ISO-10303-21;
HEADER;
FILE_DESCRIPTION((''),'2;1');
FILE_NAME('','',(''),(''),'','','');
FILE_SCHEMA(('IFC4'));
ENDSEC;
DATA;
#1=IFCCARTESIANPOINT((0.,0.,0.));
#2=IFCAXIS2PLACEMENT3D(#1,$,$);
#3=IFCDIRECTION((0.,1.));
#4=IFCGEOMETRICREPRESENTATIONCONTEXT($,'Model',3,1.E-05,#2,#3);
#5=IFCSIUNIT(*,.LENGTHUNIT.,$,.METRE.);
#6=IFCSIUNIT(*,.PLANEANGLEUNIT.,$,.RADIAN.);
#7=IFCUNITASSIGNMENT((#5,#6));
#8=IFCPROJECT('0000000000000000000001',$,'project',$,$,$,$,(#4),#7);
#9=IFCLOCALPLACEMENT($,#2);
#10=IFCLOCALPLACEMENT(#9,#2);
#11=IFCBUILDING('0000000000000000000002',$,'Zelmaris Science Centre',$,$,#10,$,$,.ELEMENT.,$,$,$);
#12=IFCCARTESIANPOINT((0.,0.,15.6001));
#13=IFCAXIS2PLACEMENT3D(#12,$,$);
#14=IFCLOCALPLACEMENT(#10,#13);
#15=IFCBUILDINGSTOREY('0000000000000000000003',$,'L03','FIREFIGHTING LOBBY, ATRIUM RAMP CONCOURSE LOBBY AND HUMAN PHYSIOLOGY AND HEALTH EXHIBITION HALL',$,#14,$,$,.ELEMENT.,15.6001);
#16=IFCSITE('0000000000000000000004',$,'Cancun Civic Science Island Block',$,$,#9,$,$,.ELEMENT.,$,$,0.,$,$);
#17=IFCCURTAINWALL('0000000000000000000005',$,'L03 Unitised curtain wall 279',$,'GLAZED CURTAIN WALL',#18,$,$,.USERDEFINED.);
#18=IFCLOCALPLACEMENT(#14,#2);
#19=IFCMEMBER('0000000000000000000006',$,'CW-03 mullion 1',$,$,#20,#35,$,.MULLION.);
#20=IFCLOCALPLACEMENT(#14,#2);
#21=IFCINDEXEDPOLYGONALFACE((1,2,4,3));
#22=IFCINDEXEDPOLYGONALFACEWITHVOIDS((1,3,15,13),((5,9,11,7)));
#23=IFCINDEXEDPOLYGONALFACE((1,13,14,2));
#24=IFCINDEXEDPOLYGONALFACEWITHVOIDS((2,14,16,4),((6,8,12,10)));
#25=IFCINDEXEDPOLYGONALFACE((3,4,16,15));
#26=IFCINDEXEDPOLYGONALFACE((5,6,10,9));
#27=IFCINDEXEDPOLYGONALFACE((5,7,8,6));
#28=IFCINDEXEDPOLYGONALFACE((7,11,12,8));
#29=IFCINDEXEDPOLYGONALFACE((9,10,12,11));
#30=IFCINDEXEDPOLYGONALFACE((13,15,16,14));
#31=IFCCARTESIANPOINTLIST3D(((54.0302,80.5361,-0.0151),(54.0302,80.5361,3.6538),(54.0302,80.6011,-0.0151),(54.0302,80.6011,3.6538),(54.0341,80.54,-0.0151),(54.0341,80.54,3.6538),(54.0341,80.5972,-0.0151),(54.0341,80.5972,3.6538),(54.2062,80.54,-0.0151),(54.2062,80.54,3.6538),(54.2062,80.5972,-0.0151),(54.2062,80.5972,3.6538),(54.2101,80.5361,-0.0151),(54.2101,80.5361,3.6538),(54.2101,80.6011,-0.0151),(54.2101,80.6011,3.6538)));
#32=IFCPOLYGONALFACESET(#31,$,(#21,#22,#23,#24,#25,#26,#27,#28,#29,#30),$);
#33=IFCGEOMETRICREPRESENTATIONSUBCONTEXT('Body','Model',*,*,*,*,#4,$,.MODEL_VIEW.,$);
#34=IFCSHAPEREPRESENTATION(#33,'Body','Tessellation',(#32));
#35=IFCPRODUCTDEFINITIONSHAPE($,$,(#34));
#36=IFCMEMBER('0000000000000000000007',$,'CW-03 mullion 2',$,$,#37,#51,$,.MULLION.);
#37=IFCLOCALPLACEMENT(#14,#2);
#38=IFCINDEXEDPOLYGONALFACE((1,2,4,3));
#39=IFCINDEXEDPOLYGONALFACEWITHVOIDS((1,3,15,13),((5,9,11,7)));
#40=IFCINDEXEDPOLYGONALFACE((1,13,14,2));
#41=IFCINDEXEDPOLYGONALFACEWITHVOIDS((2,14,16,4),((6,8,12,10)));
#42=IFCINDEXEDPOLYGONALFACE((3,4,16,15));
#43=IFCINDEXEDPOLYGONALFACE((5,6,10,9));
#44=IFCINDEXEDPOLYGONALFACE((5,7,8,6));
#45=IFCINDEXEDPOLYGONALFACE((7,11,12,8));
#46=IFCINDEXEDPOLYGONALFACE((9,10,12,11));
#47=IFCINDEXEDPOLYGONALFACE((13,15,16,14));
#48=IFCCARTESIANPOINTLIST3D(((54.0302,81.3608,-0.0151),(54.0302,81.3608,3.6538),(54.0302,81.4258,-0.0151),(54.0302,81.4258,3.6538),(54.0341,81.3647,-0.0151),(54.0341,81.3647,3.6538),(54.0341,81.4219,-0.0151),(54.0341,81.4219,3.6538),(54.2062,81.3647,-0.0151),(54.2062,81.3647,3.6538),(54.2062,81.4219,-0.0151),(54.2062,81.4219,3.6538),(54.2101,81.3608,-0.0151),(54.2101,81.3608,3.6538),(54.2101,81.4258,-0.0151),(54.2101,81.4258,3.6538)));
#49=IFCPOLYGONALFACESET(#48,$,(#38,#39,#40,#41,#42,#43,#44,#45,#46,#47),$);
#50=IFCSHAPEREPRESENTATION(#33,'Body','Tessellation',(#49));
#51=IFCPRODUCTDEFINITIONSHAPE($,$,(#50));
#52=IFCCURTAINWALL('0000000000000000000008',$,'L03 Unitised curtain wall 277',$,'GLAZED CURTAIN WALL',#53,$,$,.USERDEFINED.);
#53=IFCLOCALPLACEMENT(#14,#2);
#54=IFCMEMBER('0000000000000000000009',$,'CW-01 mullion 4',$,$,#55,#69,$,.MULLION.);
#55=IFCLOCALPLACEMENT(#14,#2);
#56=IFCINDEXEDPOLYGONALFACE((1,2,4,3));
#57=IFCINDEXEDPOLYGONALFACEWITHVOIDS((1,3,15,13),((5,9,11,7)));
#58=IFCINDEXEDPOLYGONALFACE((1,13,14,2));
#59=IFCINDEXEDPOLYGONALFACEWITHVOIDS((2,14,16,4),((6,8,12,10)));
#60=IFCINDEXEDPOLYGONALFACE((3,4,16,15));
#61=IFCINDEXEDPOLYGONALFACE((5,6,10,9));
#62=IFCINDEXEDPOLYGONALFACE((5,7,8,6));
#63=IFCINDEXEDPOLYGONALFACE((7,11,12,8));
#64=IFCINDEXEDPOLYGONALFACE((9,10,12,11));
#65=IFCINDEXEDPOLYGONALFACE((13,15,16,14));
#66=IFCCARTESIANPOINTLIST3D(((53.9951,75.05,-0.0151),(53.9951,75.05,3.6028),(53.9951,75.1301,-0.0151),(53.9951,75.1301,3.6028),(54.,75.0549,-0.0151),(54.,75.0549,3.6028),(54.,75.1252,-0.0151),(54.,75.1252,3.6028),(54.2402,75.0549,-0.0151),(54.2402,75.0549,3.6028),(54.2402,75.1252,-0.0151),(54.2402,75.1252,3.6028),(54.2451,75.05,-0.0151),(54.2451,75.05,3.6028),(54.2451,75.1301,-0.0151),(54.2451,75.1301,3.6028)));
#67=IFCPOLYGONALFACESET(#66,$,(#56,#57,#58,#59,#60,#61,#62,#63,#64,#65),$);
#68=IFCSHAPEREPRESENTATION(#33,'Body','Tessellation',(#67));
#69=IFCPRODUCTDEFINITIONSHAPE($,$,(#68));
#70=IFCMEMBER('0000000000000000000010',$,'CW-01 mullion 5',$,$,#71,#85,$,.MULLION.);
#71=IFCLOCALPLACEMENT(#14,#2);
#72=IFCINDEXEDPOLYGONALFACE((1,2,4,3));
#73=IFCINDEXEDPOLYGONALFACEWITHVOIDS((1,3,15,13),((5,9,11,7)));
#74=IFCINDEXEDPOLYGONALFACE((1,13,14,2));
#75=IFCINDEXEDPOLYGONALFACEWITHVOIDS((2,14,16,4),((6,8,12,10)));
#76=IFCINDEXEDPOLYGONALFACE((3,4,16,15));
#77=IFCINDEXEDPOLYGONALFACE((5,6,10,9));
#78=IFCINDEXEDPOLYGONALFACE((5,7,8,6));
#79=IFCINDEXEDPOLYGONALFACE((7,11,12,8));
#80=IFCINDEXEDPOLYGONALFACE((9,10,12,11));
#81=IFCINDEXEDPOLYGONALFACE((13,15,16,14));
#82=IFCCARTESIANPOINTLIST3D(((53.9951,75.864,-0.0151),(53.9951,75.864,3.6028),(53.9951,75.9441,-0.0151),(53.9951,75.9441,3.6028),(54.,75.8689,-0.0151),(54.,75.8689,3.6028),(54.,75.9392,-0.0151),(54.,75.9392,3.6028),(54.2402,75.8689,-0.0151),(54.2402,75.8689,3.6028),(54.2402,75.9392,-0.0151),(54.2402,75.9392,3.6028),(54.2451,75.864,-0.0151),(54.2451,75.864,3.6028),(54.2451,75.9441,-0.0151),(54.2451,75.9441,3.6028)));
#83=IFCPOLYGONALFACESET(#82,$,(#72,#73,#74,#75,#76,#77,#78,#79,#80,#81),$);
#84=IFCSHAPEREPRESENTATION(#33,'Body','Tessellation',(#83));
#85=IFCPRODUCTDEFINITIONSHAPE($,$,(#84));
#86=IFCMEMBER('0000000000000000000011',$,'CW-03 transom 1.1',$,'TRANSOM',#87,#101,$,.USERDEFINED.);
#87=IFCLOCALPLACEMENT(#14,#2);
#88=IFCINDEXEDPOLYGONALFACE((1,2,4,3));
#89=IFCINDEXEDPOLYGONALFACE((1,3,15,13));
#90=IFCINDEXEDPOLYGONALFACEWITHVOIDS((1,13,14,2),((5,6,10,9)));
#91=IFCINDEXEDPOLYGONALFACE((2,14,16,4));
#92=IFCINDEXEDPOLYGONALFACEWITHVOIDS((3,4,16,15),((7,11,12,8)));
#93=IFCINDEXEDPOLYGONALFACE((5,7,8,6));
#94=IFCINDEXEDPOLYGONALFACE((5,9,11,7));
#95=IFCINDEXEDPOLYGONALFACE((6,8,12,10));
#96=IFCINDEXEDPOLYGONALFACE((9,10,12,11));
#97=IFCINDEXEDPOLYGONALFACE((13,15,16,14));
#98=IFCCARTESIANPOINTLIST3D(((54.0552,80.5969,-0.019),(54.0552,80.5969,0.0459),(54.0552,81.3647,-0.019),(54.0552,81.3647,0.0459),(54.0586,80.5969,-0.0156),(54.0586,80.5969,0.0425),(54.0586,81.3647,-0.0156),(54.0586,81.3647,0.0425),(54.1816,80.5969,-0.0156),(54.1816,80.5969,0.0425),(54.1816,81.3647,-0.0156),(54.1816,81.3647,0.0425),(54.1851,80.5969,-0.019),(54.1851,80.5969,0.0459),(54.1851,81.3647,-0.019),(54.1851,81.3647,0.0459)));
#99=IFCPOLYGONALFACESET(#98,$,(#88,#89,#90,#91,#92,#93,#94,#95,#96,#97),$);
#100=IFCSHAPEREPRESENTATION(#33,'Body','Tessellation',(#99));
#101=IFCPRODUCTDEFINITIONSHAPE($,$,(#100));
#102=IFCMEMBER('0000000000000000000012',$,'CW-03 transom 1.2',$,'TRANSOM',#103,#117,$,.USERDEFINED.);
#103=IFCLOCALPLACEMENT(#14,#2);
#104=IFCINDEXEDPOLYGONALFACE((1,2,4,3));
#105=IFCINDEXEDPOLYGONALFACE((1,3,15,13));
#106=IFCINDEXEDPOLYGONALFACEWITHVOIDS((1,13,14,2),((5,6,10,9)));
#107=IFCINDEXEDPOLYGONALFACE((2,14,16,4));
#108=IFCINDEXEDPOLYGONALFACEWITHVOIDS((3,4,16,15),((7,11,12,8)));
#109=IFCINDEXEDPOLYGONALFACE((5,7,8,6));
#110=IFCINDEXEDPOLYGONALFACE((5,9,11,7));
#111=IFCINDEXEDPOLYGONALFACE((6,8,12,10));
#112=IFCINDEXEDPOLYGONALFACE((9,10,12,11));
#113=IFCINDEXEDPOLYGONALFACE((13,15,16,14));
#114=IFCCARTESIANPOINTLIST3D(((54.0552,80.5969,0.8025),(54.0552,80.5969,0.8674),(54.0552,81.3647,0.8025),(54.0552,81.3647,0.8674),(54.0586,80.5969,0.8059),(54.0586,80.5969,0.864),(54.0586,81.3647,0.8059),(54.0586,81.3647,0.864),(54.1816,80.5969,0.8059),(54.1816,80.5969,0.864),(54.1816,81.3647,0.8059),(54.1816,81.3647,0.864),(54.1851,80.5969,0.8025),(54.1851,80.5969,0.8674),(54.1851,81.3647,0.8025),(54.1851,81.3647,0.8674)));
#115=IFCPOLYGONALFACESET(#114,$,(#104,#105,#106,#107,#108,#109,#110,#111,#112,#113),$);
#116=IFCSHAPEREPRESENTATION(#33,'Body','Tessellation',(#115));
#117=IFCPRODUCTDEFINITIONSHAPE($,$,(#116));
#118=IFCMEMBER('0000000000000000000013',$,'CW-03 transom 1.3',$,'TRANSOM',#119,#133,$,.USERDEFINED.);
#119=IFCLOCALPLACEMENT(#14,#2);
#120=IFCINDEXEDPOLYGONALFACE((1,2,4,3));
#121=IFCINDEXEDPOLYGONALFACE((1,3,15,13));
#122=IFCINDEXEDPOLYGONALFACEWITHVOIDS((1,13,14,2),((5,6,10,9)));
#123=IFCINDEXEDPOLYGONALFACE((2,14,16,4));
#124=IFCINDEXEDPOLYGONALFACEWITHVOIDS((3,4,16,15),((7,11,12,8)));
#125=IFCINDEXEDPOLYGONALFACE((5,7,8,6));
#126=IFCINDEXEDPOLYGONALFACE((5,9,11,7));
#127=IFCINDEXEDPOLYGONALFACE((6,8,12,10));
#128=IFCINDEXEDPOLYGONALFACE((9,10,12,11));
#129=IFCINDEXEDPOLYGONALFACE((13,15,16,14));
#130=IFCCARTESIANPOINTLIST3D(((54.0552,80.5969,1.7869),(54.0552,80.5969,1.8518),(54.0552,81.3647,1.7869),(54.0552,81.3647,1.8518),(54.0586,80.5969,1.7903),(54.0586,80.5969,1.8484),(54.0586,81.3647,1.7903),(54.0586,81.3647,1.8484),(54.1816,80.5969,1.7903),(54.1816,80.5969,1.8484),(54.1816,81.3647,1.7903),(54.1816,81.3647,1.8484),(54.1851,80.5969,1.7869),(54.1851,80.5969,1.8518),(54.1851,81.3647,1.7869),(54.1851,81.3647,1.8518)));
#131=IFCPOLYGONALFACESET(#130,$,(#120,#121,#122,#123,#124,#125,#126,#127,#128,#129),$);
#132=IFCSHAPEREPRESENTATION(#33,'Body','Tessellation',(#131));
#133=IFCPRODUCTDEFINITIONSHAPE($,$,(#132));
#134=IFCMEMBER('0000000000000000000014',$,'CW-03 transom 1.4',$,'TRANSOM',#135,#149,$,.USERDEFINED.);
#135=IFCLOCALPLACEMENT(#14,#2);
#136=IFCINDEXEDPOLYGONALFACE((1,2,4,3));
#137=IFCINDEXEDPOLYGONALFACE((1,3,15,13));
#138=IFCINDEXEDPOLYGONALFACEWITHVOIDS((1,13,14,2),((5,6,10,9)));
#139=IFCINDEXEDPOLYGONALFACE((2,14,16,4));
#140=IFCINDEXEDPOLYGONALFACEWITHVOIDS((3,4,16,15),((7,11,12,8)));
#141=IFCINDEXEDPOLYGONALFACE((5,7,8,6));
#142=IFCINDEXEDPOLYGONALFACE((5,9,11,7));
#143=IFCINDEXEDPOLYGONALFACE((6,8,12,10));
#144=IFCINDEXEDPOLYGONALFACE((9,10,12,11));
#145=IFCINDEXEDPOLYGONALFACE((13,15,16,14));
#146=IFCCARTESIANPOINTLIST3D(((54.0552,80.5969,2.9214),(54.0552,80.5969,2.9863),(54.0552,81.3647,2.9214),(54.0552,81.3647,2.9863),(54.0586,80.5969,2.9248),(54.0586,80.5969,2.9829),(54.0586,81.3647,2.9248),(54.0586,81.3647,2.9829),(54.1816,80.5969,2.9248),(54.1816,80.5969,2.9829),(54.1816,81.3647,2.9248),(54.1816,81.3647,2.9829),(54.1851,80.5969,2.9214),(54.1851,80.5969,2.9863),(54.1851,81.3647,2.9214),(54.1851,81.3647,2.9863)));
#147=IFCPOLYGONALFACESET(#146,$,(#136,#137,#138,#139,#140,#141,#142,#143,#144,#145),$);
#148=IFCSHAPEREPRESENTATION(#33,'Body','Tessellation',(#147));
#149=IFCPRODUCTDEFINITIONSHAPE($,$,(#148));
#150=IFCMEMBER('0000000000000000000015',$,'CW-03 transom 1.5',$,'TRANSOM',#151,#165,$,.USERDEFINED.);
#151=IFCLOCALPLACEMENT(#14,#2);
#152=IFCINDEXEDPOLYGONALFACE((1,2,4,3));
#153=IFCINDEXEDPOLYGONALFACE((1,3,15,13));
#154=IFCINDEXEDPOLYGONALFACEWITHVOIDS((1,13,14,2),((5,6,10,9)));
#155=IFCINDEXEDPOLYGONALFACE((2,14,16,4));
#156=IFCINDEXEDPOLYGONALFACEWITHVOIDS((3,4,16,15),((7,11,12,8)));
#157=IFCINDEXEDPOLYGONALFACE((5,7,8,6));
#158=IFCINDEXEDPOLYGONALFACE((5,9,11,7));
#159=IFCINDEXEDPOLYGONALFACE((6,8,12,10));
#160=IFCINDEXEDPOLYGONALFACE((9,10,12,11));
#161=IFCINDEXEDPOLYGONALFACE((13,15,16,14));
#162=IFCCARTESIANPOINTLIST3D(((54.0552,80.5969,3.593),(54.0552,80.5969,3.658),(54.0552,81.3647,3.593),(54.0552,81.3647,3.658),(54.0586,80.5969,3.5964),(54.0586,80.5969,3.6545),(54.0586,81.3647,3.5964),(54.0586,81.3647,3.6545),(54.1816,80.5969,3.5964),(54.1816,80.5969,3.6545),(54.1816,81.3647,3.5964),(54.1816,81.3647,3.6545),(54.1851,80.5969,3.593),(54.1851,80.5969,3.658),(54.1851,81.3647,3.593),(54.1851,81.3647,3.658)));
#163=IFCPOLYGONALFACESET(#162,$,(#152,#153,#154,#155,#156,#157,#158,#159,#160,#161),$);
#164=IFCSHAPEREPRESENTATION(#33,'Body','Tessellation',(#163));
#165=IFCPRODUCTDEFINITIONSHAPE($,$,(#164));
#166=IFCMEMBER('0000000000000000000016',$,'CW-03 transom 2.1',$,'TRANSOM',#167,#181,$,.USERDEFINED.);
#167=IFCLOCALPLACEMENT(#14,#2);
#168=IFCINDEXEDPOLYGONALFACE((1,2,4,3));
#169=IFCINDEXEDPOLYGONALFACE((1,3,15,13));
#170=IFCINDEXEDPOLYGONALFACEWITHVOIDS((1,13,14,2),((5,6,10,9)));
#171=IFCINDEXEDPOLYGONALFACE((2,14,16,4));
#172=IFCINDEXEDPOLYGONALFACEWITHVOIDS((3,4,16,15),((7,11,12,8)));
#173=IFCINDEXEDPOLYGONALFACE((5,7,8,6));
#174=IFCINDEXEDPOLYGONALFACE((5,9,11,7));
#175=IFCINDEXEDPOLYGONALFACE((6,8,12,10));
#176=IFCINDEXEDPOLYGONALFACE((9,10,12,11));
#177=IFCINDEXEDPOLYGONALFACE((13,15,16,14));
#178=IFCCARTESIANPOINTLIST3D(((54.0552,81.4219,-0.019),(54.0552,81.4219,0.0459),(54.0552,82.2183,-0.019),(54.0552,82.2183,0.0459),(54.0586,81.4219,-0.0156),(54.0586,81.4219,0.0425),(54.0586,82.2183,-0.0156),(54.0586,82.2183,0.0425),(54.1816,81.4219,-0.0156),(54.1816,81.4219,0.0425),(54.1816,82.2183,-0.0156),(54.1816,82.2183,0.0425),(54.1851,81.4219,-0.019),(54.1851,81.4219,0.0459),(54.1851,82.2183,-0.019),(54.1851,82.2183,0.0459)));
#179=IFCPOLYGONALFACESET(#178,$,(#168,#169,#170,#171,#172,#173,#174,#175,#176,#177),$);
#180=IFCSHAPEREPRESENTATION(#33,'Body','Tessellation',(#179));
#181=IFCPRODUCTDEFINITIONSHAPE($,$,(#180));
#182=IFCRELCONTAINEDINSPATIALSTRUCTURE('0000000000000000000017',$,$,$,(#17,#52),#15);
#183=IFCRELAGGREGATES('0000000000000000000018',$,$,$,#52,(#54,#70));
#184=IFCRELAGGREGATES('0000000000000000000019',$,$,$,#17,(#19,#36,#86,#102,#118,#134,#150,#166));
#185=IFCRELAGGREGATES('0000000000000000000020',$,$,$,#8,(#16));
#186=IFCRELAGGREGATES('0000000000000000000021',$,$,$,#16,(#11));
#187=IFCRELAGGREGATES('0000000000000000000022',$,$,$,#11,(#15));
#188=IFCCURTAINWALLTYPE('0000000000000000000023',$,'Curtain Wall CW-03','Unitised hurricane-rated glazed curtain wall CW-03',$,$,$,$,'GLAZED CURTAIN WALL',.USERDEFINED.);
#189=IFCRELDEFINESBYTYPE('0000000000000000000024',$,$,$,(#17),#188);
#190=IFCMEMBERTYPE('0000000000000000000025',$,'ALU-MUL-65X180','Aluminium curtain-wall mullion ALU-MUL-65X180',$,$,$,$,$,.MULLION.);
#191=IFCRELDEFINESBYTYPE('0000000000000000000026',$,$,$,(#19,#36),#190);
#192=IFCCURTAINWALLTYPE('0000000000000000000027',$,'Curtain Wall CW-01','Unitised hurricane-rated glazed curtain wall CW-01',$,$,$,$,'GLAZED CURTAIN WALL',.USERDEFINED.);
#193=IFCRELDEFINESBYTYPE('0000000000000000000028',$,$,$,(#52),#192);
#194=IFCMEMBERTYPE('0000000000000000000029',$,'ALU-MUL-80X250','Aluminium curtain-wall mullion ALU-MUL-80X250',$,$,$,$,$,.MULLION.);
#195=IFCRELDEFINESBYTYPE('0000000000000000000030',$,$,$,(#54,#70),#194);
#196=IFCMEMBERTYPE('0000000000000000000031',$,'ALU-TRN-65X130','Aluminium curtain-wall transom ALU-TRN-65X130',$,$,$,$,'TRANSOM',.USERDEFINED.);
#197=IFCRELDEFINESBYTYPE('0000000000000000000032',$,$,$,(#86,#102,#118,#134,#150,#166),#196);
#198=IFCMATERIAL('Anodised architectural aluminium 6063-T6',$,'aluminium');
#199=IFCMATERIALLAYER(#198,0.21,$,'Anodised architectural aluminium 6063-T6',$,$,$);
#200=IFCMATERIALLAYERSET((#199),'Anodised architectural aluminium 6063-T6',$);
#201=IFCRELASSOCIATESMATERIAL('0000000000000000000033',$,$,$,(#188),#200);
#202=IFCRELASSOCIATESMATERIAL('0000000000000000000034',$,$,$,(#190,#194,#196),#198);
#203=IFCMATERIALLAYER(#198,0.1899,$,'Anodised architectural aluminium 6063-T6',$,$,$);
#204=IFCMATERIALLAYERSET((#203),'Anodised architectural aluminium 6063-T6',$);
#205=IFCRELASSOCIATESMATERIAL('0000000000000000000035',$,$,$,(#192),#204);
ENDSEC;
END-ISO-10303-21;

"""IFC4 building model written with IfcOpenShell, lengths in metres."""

from ifc_helpers import new_model, si_unit, direction, frame, origin, origin_2d, place, context, subcontext, project, spatial, hollow_rectangle, extrude, material, layer, layer_set, material_profile, profile_set, type_object, element, aggregate, save


model = new_model("IFC4")

# Units and contexts
model_context = context("Model", 3, precision=1e-05, world=origin(), true_north=direction((0.0, 1.0)))
body_context = subcontext(model_context, "Body", "Model", "MODEL_VIEW")
ifc_project = project(units=[si_unit("LENGTHUNIT", "METRE"), si_unit("PLANEANGLEUNIT", "RADIAN")], contexts=[model_context])

# Site, building, storey
site_placement = place(None, origin())
site = spatial("IfcSite", under=ifc_project, at=site_placement, Name="Cancun Civic Science Island Block", CompositionType="ELEMENT", RefElevation=0.0)
building_placement = place(site_placement, origin())
building = spatial("IfcBuilding", under=site, at=building_placement, Name="Zelmaris Science Centre", CompositionType="ELEMENT")
storey_placement = place(building_placement, frame((0.0, 0.0, 15.6001)))
storey = spatial("IfcBuildingStorey", under=building, at=storey_placement, Name="L03", Description="FIREFIGHTING LOBBY, ATRIUM RAMP CONCOURSE LOBBY AND HUMAN PHYSIOLOGY AND HEALTH EXHIBITION HALL", CompositionType="ELEMENT", Elevation=15.6001)

# Curtain walls, members
ifc_material_1 = material(Name="Anodised architectural aluminium 6063-T6", Category="aluminium")
ifc_layer_1 = layer(ifc_material_1, 0.21, Name="Anodised architectural aluminium 6063-T6")
ifc_layer_set_1 = layer_set([ifc_layer_1], Name="Anodised architectural aluminium 6063-T6")
curtain_wall_type_1 = type_object("IfcCurtainWallType", Name="Curtain Wall CW-03", Description="Unitised hurricane-rated glazed curtain wall CW-03", ElementType="GLAZED CURTAIN WALL", PredefinedType="USERDEFINED", material=ifc_layer_set_1)
curtain_wall_1_placement = place(storey_placement, origin())
curtain_wall_1 = element("IfcCurtainWall", 1, at=curtain_wall_1_placement, inside=storey, type_object=curtain_wall_type_1, Name="L03 Unitised curtain wall 279", ObjectType="GLAZED CURTAIN WALL", PredefinedType="USERDEFINED")
ifc_material_profile_1 = material_profile(ifc_material_1, hollow_rectangle(XDim=0.0649, YDim=0.1799, WallThickness=0.0039, at=origin_2d()), Name="ALU-MUL-65X180")
ifc_profile_set_1 = profile_set([ifc_material_profile_1], Name="Anodised architectural aluminium 6063-T6")
member_type_1 = type_object("IfcMemberType", Name="ALU-MUL-65X180", Description="Aluminium curtain-wall mullion ALU-MUL-65X180", PredefinedType="MULLION", material=ifc_profile_set_1)
member_1_placement = place(storey_placement, frame((54.1201, 80.5686, -0.0151), z_axis=(0.0, 0.0, 1.0), x_axis=(0.0, 1.0, 0.0)))
member_1 = element("IfcMember", 2, at=member_1_placement, type_object=member_type_1, Name="CW-03 mullion 1", PredefinedType="MULLION", context=body_context, shape_type="SweptSolid", body=[
    extrude(hollow_rectangle(XDim=0.0649, YDim=0.1799, WallThickness=0.0039, at=origin_2d()), origin(), (0.0, 0.0, 1.0), 3.6689),
])
member_2_placement = place(storey_placement, frame((54.1201, 81.3933, -0.0151), z_axis=(0.0, 0.0, 1.0), x_axis=(0.0, 1.0, 0.0)))
member_2 = element("IfcMember", 3, at=member_2_placement, type_object=member_type_1, Name="CW-03 mullion 2", PredefinedType="MULLION", context=body_context, shape_type="SweptSolid", body=[
    extrude(hollow_rectangle(XDim=0.0649, YDim=0.1799, WallThickness=0.0039, at=origin_2d()), origin(), (0.0, 0.0, 1.0), 3.6689),
])
ifc_layer_2 = layer(ifc_material_1, 0.1899, Name="Anodised architectural aluminium 6063-T6")
ifc_layer_set_2 = layer_set([ifc_layer_2], Name="Anodised architectural aluminium 6063-T6")
curtain_wall_type_2 = type_object("IfcCurtainWallType", Name="Curtain Wall CW-01", Description="Unitised hurricane-rated glazed curtain wall CW-01", ElementType="GLAZED CURTAIN WALL", PredefinedType="USERDEFINED", material=ifc_layer_set_2)
curtain_wall_2_placement = place(storey_placement, origin())
curtain_wall_2 = element("IfcCurtainWall", 4, at=curtain_wall_2_placement, inside=storey, type_object=curtain_wall_type_2, Name="L03 Unitised curtain wall 277", ObjectType="GLAZED CURTAIN WALL", PredefinedType="USERDEFINED")
ifc_material_profile_2 = material_profile(ifc_material_1, hollow_rectangle(XDim=0.0801, YDim=0.25, WallThickness=0.0049, at=origin_2d()), Name="ALU-MUL-80X250")
ifc_profile_set_2 = profile_set([ifc_material_profile_2], Name="Anodised architectural aluminium 6063-T6")
member_type_2 = type_object("IfcMemberType", Name="ALU-MUL-80X250", Description="Aluminium curtain-wall mullion ALU-MUL-80X250", PredefinedType="MULLION", material=ifc_profile_set_2)
member_3_placement = place(storey_placement, frame((54.1201, 75.0901, -0.0151), z_axis=(0.0, 0.0, 1.0), x_axis=(0.0, 1.0, 0.0)))
member_3 = element("IfcMember", 5, at=member_3_placement, type_object=member_type_2, Name="CW-01 mullion 4", PredefinedType="MULLION", context=body_context, shape_type="SweptSolid", body=[
    extrude(hollow_rectangle(XDim=0.0801, YDim=0.25, WallThickness=0.0049, at=origin_2d()), origin(), (0.0, 0.0, 1.0), 3.6179),
])
member_4_placement = place(storey_placement, frame((54.1201, 75.9041, -0.0151), z_axis=(0.0, 0.0, 1.0), x_axis=(0.0, 1.0, 0.0)))
member_4 = element("IfcMember", 6, at=member_4_placement, type_object=member_type_2, Name="CW-01 mullion 5", PredefinedType="MULLION", context=body_context, shape_type="SweptSolid", body=[
    extrude(hollow_rectangle(XDim=0.0801, YDim=0.25, WallThickness=0.0049, at=origin_2d()), origin(), (0.0, 0.0, 1.0), 3.6179),
])

# Members
ifc_material_profile_3 = material_profile(ifc_material_1, hollow_rectangle(XDim=0.0649, YDim=0.1299, WallThickness=0.0034, at=origin_2d()), Name="ALU-TRN-65X130")
ifc_profile_set_3 = profile_set([ifc_material_profile_3], Name="Anodised architectural aluminium 6063-T6")
member_type_3 = type_object("IfcMemberType", Name="ALU-TRN-65X130", Description="Aluminium curtain-wall transom ALU-TRN-65X130", ElementType="TRANSOM", PredefinedType="USERDEFINED", material=ifc_profile_set_3)
member_5_placement = place(storey_placement, frame((54.1201, 80.5969, 0.0134), z_axis=(0.0, 1.0, 0.0), x_axis=(0.0, 0.0, 1.0)))
member_5 = element("IfcMember", 7, at=member_5_placement, type_object=member_type_3, Name="CW-03 transom 1.1", ObjectType="TRANSOM", PredefinedType="USERDEFINED", context=body_context, shape_type="SweptSolid", body=[
    extrude(hollow_rectangle(XDim=0.0649, YDim=0.1299, WallThickness=0.0034, at=origin_2d()), origin(), (0.0, 0.0, 1.0), 0.7678),
])
member_6_placement = place(storey_placement, frame((54.1201, 80.5969, 0.835), z_axis=(0.0, 1.0, 0.0), x_axis=(0.0, 0.0, 1.0)))
member_6 = element("IfcMember", 8, at=member_6_placement, type_object=member_type_3, Name="CW-03 transom 1.2", ObjectType="TRANSOM", PredefinedType="USERDEFINED", context=body_context, shape_type="SweptSolid", body=[
    extrude(hollow_rectangle(XDim=0.0649, YDim=0.1299, WallThickness=0.0034, at=origin_2d()), origin(), (0.0, 0.0, 1.0), 0.7678),
])
member_7_placement = place(storey_placement, frame((54.1201, 80.5969, 1.8193), z_axis=(0.0, 1.0, 0.0), x_axis=(0.0, 0.0, 1.0)))
member_7 = element("IfcMember", 9, at=member_7_placement, type_object=member_type_3, Name="CW-03 transom 1.3", ObjectType="TRANSOM", PredefinedType="USERDEFINED", context=body_context, shape_type="SweptSolid", body=[
    extrude(hollow_rectangle(XDim=0.0649, YDim=0.1299, WallThickness=0.0034, at=origin_2d()), origin(), (0.0, 0.0, 1.0), 0.7678),
])
member_8_placement = place(storey_placement, frame((54.1201, 80.5969, 2.9539), z_axis=(0.0, 1.0, 0.0), x_axis=(0.0, 0.0, 1.0)))
member_8 = element("IfcMember", 10, at=member_8_placement, type_object=member_type_3, Name="CW-03 transom 1.4", ObjectType="TRANSOM", PredefinedType="USERDEFINED", context=body_context, shape_type="SweptSolid", body=[
    extrude(hollow_rectangle(XDim=0.0649, YDim=0.1299, WallThickness=0.0034, at=origin_2d()), origin(), (0.0, 0.0, 1.0), 0.7678),
])
member_9_placement = place(storey_placement, frame((54.1201, 80.5969, 3.6255), z_axis=(0.0, 1.0, 0.0), x_axis=(0.0, 0.0, 1.0)))
member_9 = element("IfcMember", 11, at=member_9_placement, type_object=member_type_3, Name="CW-03 transom 1.5", ObjectType="TRANSOM", PredefinedType="USERDEFINED", context=body_context, shape_type="SweptSolid", body=[
    extrude(hollow_rectangle(XDim=0.0649, YDim=0.1299, WallThickness=0.0034, at=origin_2d()), origin(), (0.0, 0.0, 1.0), 0.7678),
])
member_10_placement = place(storey_placement, frame((54.1201, 81.4219, 0.0134), z_axis=(0.0, 1.0, 0.0), x_axis=(0.0, 0.0, 1.0)))
member_10 = element("IfcMember", 12, at=member_10_placement, type_object=member_type_3, Name="CW-03 transom 2.1", ObjectType="TRANSOM", PredefinedType="USERDEFINED", context=body_context, shape_type="SweptSolid", body=[
    extrude(hollow_rectangle(XDim=0.0649, YDim=0.1299, WallThickness=0.0034, at=origin_2d()), origin(), (0.0, 0.0, 1.0), 0.7964),
])

aggregate(curtain_wall_2, [member_3, member_4])
aggregate(curtain_wall_1, [member_1, member_2, member_5, member_6, member_7, member_8, member_9, member_10])

save(model, "model.ifc")
